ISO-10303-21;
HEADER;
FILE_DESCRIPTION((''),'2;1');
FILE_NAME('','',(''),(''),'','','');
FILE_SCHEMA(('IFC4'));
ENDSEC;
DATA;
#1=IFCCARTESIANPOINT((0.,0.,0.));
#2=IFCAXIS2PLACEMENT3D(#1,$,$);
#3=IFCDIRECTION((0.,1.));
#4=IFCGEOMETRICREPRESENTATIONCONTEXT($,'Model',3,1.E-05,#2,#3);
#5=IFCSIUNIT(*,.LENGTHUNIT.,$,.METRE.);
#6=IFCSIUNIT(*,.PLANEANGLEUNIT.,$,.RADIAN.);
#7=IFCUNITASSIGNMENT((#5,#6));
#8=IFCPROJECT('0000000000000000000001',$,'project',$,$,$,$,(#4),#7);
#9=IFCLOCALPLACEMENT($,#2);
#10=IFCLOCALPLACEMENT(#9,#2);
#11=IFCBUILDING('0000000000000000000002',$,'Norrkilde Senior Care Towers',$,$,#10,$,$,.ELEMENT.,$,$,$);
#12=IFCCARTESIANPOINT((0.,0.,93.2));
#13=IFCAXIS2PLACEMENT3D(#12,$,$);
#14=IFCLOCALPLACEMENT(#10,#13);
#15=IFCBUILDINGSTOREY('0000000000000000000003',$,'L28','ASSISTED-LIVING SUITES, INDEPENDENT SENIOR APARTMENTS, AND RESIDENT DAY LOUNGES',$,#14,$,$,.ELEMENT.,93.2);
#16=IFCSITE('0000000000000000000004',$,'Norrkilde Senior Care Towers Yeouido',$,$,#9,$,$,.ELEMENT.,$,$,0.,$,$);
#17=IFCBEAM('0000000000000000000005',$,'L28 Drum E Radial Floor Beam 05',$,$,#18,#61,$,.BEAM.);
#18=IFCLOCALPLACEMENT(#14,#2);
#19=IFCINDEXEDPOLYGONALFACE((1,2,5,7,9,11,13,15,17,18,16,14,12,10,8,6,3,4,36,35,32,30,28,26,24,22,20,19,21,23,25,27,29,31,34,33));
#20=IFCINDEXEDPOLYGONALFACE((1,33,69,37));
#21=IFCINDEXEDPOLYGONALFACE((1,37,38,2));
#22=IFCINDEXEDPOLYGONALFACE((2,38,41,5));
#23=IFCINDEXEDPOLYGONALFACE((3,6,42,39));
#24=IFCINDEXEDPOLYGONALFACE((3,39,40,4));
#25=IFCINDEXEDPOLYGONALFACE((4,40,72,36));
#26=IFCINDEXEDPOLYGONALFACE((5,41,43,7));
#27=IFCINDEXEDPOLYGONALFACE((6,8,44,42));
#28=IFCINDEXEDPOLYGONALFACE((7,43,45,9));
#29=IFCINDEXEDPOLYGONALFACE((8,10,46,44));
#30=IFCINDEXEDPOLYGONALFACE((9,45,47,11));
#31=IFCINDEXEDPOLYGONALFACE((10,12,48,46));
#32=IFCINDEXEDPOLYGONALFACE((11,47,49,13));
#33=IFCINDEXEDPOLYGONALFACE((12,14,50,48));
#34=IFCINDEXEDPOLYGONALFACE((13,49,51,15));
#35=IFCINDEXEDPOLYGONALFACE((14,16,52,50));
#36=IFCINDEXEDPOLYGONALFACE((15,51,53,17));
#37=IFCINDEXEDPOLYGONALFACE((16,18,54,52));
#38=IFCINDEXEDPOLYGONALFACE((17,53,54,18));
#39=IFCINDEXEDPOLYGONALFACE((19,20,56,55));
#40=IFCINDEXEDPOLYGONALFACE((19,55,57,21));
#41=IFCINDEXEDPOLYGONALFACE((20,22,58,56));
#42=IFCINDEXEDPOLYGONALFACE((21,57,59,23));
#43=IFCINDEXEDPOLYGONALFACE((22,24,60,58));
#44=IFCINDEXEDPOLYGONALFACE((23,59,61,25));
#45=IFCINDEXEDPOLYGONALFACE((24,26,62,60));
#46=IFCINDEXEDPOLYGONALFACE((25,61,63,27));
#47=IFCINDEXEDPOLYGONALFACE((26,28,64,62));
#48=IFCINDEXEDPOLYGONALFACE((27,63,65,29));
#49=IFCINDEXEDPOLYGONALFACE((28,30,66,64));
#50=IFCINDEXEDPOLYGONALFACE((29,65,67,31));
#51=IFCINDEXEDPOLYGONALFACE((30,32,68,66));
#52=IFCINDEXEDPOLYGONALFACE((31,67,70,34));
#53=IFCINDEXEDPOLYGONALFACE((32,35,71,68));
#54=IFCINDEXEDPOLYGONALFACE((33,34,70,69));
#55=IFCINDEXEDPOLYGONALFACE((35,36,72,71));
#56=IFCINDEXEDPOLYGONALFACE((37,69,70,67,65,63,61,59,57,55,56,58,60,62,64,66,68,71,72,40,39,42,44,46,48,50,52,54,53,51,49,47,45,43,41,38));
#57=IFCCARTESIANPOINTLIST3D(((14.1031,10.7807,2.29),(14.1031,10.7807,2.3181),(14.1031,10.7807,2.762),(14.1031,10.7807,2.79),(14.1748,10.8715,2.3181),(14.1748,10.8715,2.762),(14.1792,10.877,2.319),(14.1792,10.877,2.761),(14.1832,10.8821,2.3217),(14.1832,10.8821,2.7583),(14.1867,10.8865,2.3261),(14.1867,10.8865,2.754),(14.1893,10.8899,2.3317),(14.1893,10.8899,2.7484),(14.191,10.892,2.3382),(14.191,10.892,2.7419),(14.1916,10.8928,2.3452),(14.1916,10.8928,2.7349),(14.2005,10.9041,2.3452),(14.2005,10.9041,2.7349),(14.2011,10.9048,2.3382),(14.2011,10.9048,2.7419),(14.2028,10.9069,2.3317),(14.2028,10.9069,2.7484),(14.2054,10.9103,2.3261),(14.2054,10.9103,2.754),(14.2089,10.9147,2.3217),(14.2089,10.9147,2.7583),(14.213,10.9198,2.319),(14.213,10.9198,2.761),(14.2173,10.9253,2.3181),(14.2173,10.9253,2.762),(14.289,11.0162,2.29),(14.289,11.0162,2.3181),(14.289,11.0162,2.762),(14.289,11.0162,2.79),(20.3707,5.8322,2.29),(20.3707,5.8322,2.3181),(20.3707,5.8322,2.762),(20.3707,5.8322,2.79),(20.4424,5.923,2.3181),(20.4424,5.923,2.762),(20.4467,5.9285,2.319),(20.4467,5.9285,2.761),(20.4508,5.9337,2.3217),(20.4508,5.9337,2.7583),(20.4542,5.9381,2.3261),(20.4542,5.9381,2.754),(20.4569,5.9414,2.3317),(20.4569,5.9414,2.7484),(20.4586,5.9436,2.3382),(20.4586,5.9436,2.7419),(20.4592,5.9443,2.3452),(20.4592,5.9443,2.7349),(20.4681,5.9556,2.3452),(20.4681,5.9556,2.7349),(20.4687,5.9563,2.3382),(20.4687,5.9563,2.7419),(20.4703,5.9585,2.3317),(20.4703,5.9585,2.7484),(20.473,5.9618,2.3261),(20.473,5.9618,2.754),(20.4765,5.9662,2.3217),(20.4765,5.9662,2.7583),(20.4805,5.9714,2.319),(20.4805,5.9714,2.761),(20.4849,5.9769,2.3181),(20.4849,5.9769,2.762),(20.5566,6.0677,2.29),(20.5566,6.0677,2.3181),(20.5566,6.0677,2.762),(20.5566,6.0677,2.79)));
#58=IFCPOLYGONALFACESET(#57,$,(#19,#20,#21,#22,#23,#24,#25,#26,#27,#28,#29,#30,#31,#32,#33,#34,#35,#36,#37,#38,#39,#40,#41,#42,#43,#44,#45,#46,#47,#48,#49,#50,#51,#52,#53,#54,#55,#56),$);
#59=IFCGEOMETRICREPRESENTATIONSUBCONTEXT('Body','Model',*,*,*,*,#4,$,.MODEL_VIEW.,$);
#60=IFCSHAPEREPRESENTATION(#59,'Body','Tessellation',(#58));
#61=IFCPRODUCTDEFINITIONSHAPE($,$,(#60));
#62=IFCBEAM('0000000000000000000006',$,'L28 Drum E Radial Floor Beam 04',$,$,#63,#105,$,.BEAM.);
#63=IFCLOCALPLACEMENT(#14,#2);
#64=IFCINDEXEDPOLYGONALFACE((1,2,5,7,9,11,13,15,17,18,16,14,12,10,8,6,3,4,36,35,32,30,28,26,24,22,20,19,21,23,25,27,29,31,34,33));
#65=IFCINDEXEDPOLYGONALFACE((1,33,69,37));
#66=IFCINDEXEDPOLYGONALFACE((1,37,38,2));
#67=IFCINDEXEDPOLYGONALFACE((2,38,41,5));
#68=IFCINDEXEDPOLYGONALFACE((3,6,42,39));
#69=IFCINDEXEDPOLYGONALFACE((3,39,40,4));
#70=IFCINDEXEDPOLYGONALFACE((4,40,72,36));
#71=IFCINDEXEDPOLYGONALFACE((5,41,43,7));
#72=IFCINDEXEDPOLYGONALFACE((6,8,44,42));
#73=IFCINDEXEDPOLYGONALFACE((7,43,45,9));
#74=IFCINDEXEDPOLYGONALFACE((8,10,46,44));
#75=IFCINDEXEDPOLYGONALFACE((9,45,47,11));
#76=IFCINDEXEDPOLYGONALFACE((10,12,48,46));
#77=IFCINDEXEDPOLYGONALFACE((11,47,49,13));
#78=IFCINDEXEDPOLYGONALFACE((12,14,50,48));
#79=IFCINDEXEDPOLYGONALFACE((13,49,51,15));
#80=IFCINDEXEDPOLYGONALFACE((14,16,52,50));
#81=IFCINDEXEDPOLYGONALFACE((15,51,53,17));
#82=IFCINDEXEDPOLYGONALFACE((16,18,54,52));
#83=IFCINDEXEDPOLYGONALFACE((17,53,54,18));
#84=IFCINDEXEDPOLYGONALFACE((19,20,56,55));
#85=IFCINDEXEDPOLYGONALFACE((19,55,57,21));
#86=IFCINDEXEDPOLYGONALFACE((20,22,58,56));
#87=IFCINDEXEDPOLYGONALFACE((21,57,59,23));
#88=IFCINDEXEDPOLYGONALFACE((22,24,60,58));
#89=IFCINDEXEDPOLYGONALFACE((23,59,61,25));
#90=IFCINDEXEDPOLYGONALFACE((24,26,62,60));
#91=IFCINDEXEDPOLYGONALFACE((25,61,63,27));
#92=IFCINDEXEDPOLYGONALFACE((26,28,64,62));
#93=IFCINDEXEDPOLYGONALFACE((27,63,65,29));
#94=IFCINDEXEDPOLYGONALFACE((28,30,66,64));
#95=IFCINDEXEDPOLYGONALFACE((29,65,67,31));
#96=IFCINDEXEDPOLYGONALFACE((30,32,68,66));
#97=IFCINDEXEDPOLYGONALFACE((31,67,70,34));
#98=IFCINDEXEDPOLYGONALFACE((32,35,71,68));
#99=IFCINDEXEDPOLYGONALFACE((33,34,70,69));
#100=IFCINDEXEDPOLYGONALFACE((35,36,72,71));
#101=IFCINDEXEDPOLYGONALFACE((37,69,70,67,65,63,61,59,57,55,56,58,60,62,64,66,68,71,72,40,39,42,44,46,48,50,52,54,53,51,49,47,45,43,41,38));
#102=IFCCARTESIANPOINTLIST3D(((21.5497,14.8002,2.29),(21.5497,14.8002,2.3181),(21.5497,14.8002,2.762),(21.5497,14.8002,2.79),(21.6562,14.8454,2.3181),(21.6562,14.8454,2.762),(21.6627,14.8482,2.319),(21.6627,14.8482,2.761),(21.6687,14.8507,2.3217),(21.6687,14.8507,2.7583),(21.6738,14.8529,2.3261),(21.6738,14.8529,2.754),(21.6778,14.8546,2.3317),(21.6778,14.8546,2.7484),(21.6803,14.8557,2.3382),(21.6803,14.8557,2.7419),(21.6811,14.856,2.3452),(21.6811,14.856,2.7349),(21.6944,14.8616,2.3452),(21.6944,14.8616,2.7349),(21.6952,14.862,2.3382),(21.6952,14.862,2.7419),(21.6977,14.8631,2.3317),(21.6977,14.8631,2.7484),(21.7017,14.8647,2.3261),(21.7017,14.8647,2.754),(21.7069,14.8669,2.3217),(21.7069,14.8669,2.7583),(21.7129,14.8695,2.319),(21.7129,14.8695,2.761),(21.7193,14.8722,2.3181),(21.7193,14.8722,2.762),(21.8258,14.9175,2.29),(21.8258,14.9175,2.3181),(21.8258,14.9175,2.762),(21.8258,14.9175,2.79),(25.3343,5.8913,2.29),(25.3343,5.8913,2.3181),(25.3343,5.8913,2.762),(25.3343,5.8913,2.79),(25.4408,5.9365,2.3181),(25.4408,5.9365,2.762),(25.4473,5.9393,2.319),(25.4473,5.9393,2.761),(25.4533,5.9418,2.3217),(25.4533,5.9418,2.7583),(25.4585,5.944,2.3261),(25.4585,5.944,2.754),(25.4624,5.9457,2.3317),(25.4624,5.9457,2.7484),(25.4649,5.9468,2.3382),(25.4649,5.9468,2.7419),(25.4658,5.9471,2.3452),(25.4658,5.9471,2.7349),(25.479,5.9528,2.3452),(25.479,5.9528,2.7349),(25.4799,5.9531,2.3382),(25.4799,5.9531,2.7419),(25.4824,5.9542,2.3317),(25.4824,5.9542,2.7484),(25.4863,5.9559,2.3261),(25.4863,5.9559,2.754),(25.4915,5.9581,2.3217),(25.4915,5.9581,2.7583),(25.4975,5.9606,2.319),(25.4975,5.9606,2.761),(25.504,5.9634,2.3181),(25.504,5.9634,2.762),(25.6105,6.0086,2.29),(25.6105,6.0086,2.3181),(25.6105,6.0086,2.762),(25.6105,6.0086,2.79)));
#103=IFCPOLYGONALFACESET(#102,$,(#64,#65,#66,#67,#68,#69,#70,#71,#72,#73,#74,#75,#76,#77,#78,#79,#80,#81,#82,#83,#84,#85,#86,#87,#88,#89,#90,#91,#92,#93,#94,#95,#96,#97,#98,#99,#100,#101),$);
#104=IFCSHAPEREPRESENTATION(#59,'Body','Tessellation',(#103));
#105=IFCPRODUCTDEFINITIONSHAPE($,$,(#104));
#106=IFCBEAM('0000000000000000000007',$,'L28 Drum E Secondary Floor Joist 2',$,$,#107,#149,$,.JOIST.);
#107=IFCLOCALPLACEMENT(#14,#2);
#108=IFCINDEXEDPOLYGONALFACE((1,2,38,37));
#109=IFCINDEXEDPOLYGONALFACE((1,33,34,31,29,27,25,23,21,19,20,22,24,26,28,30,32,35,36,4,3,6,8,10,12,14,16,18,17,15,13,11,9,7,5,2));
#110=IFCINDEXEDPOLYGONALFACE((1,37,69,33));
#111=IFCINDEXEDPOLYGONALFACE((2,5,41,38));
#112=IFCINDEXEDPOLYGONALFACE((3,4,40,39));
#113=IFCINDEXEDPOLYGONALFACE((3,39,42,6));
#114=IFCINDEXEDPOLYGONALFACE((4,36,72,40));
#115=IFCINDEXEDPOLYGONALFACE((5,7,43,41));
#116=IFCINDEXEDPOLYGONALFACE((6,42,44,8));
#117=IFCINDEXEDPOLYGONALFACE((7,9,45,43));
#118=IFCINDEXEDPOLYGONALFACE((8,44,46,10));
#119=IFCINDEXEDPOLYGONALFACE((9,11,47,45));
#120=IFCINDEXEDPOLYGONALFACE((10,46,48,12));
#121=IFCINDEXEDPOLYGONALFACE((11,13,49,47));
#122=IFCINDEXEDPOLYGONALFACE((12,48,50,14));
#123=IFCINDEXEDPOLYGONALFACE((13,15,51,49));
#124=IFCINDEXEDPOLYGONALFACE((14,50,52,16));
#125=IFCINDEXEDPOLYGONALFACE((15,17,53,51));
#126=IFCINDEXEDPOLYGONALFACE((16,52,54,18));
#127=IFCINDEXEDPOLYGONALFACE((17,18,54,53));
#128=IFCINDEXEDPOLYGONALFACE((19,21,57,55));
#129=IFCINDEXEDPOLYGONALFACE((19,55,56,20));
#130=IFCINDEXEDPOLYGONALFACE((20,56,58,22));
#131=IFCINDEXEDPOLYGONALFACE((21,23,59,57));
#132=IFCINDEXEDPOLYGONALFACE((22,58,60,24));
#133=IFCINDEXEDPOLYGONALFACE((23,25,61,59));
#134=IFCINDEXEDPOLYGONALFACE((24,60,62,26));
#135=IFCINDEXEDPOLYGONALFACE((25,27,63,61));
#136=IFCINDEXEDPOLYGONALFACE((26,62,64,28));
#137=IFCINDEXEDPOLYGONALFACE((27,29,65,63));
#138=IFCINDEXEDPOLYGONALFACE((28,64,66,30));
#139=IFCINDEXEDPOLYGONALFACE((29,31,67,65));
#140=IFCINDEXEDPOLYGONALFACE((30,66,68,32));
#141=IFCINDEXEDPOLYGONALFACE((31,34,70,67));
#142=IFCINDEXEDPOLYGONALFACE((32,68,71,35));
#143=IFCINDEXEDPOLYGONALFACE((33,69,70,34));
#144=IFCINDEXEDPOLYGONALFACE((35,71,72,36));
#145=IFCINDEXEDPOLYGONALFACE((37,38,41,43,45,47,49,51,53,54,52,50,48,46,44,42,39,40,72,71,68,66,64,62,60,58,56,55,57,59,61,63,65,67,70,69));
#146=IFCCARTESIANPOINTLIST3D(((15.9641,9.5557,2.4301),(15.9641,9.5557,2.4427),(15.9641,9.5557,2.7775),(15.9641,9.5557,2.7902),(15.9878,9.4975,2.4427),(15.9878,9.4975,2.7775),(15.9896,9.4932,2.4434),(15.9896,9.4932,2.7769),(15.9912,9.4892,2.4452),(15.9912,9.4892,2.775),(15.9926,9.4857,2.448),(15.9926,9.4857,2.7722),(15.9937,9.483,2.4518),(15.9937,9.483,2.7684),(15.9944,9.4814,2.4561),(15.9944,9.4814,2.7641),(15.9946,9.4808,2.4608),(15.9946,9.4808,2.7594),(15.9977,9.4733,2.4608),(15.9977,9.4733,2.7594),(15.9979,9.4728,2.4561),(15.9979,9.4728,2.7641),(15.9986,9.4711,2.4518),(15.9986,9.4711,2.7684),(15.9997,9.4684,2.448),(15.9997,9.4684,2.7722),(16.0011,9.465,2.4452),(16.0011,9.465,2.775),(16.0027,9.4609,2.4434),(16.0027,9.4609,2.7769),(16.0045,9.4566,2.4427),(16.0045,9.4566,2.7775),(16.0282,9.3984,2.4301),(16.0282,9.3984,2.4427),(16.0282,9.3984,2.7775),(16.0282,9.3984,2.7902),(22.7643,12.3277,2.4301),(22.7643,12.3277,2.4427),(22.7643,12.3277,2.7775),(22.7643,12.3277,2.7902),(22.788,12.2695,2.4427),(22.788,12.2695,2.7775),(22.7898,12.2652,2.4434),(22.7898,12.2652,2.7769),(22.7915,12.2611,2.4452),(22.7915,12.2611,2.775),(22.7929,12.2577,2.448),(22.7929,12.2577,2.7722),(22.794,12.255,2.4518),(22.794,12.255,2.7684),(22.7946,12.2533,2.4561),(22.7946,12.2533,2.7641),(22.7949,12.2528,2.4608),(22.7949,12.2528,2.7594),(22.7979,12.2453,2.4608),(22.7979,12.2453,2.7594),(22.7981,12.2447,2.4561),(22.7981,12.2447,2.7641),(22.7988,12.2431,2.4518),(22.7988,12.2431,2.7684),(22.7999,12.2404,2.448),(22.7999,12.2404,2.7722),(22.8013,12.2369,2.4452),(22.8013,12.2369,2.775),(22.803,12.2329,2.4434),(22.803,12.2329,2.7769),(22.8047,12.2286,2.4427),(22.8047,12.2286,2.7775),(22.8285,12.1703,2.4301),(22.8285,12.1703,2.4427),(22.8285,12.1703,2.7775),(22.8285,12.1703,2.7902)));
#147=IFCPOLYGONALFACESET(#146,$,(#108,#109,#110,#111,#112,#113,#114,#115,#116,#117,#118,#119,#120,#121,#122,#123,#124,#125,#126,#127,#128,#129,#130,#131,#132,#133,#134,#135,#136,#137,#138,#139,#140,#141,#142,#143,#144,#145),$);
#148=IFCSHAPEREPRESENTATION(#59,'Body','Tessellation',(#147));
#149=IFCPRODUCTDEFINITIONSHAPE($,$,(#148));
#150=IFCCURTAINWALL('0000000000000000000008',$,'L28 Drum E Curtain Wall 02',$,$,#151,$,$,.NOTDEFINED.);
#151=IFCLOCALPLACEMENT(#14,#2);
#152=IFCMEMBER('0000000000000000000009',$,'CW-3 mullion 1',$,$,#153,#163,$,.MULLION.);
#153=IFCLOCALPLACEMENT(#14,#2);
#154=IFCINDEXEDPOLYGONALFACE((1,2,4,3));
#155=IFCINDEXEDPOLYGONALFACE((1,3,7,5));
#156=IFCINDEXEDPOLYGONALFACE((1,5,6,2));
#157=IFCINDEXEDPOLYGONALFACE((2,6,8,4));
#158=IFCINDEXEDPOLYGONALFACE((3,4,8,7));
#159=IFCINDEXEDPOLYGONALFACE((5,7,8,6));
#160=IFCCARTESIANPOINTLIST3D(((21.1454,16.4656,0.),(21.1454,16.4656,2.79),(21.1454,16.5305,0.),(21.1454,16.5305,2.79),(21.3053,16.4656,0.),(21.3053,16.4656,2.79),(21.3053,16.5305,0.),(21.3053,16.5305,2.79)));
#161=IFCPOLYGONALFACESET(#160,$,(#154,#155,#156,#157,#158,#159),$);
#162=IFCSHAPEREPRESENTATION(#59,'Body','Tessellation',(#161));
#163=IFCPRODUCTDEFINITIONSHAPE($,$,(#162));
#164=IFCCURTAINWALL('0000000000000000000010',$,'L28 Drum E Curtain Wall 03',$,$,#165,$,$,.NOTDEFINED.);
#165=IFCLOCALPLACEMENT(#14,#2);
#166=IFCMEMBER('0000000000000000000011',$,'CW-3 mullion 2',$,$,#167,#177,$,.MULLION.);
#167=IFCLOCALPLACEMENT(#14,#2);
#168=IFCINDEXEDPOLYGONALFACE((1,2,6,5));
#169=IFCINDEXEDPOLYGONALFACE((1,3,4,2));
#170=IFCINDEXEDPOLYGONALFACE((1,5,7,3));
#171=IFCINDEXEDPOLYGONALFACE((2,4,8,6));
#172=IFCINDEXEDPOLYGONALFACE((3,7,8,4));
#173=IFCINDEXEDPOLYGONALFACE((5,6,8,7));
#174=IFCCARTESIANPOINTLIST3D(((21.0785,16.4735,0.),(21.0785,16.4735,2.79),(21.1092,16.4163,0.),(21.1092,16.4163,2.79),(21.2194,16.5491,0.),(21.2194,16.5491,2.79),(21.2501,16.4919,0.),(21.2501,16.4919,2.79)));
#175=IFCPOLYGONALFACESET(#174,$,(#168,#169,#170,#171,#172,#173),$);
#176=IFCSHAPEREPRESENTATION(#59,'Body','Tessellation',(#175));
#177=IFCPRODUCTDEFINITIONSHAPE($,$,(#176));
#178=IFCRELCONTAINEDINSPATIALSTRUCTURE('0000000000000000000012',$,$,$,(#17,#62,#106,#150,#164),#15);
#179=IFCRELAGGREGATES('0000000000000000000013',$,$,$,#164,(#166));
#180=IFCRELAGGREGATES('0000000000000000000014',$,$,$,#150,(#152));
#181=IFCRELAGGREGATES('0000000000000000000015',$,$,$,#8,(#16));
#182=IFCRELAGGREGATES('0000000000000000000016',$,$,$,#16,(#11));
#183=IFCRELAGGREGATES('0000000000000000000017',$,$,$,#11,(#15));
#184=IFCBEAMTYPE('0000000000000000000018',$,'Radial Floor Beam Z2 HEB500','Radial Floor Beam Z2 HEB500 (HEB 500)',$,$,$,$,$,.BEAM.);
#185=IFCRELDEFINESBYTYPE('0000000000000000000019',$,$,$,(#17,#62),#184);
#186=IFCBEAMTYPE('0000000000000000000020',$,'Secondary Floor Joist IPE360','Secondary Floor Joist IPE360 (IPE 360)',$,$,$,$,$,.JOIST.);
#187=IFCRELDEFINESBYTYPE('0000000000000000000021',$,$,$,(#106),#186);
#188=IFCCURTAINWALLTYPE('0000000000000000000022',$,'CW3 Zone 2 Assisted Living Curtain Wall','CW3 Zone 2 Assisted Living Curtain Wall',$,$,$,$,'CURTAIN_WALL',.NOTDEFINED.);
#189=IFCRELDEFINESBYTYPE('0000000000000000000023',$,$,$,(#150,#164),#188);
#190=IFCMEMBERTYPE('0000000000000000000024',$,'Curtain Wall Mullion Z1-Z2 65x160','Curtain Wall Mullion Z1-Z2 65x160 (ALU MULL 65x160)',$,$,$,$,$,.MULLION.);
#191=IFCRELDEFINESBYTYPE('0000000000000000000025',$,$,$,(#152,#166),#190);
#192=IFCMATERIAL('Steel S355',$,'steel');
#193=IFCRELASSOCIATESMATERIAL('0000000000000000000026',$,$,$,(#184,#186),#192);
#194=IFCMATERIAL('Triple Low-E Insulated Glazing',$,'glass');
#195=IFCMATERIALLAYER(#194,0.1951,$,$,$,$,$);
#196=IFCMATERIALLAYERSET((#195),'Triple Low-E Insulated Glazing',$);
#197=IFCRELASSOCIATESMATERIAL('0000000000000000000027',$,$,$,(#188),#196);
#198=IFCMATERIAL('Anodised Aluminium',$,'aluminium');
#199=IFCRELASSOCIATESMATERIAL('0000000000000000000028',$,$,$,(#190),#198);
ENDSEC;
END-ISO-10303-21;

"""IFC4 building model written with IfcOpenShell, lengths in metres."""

from ifc_helpers import new_model, si_unit, direction, frame, origin, origin_2d, place, context, subcontext, project, spatial, rectangle, i_section, extrude, source, transform, mapped, material, layer, layer_set, material_profile, profile_set, type_object, type_shapes, element, aggregate, save


model = new_model("IFC4")

# Units and contexts
model_context = context("Model", 3, precision=1e-05, world=origin(), true_north=direction((0.0, 1.0)))
body_context = subcontext(model_context, "Body", "Model", "MODEL_VIEW")
ifc_project = project(units=[si_unit("LENGTHUNIT", "METRE"), si_unit("PLANEANGLEUNIT", "RADIAN")], contexts=[model_context])

# Site, building, storey
site_placement = place(None, origin())
site = spatial("IfcSite", under=ifc_project, at=site_placement, Name="Norrkilde Senior Care Towers Yeouido", CompositionType="ELEMENT", RefElevation=0.0)
building_placement = place(site_placement, origin())
building = spatial("IfcBuilding", under=site, at=building_placement, Name="Norrkilde Senior Care Towers", CompositionType="ELEMENT")
storey_placement = place(building_placement, frame((0.0, 0.0, 93.2)))
storey = spatial("IfcBuildingStorey", under=building, at=storey_placement, Name="L28", Description="ASSISTED-LIVING SUITES, INDEPENDENT SENIOR APARTMENTS, AND RESIDENT DAY LOUNGES", CompositionType="ELEMENT", Elevation=93.2)

# Beams
ifc_material_1 = material(Name="Steel S355", Category="steel")
ifc_material_profile_1 = material_profile(ifc_material_1, i_section(OverallWidth=0.3, OverallDepth=0.5, WebThickness=0.0144, FlangeThickness=0.0281, FilletRadius=0.0271, at=origin_2d()), Name="HEB 500")
ifc_profile_set_1 = profile_set([ifc_material_profile_1], Name="Steel S355")
beam_type_1 = type_object("IfcBeamType", Name="Radial Floor Beam Z2 HEB500", Description="Radial Floor Beam Z2 HEB500 (HEB 500)", PredefinedType="BEAM", material=ifc_profile_set_1)
shared_shape_1 = source(origin(), body_context, "Body", "SweptSolid", [
    extrude(i_section(OverallWidth=0.3, OverallDepth=0.5, WebThickness=0.0144, FlangeThickness=0.0281, FilletRadius=0.0271, at=origin_2d()), origin(), (0.0, 0.0, 1.0), 7.9856),
])
beam_1_placement = place(storey_placement, frame((20.4636, 5.95, 2.54), z_axis=(-0.784859, 0.619675, 0.0), x_axis=(-0.619675, -0.784859, 0.0)))
element("IfcBeam", 1, at=beam_1_placement, inside=storey, type_object=beam_type_1, Name="L28 Drum E Radial Floor Beam 05", PredefinedType="BEAM", context=body_context, shape_type="MappedRepresentation", body=[
    mapped(shared_shape_1, transform((0.0, 0.0, 0.0), x_axis=(1.0, 0.0, 0.0), y_axis=(0.0, 1.0, 0.0), z_axis=(0.0, 0.0, 1.0), scale=1.0)),
])
shared_shape_2 = source(origin(), body_context, "Body", "SweptSolid", [
    extrude(i_section(OverallWidth=0.3, OverallDepth=0.5, WebThickness=0.0144, FlangeThickness=0.0281, FilletRadius=0.0271, at=origin_2d()), origin(), (0.0, 0.0, 1.0), 9.6794),
])
beam_2_placement = place(storey_placement, frame((25.4724, 5.95, 2.54), z_axis=(-0.390998, 0.920392, 0.0), x_axis=(-0.920392, -0.390998, 0.0)))
element("IfcBeam", 2, at=beam_2_placement, inside=storey, type_object=beam_type_1, Name="L28 Drum E Radial Floor Beam 04", PredefinedType="BEAM", context=body_context, shape_type="MappedRepresentation", body=[
    mapped(shared_shape_2, transform((0.0, 0.0, 0.0), x_axis=(1.0, 0.0, 0.0), y_axis=(0.0, 1.0, 0.0), z_axis=(0.0, 0.0, 1.0), scale=1.0)),
])
ifc_material_profile_2 = material_profile(ifc_material_1, i_section(OverallWidth=0.1699, OverallDepth=0.3601, WebThickness=0.0081, FlangeThickness=0.0127, FilletRadius=0.0181, at=origin_2d()), Name="IPE 360")
ifc_profile_set_2 = profile_set([ifc_material_profile_2], Name="Steel S355")
beam_type_2 = type_object("IfcBeamType", Name="Secondary Floor Joist IPE360", Description="Secondary Floor Joist IPE360 (IPE 360)", PredefinedType="JOIST", material=ifc_profile_set_2)
shared_shape_3 = source(origin(), body_context, "Body", "SweptSolid", [
    extrude(i_section(OverallWidth=0.1699, OverallDepth=0.3601, WebThickness=0.0081, FlangeThickness=0.0127, FilletRadius=0.0181, at=origin_2d()), origin(), (0.0, 0.0, 1.0), 7.3435),
])
type_shapes(beam_type_2, [shared_shape_3])
beam_3_placement = place(storey_placement, frame((22.7964, 12.249, 2.6101), z_axis=(-0.926022, -0.37747, 0.0), x_axis=(0.37747, -0.926022, 0.0)))
element("IfcBeam", 3, at=beam_3_placement, inside=storey, type_object=beam_type_2, Name="L28 Drum E Secondary Floor Joist 2", PredefinedType="JOIST", context=body_context, shape_type="MappedRepresentation", body=[
    mapped(shared_shape_3, transform((0.0, 0.0, 0.0), x_axis=(1.0, 0.0, 0.0), y_axis=(0.0, 1.0, 0.0), z_axis=(0.0, 0.0, 1.0), scale=1.0)),
])

# Curtain walls, members
ifc_material_2 = material(Name="Triple Low-E Insulated Glazing", Category="glass")
ifc_layer_1 = layer(ifc_material_2, 0.1951)
ifc_layer_set_1 = layer_set([ifc_layer_1], Name="Triple Low-E Insulated Glazing")
curtain_wall_type = type_object("IfcCurtainWallType", Name="CW3 Zone 2 Assisted Living Curtain Wall", Description="CW3 Zone 2 Assisted Living Curtain Wall", ElementType="CURTAIN_WALL", PredefinedType="NOTDEFINED", material=ifc_layer_set_1)
curtain_wall_1_placement = place(storey_placement, origin())
curtain_wall_1 = element("IfcCurtainWall", 4, at=curtain_wall_1_placement, inside=storey, type_object=curtain_wall_type, Name="L28 Drum E Curtain Wall 02", PredefinedType="NOTDEFINED")
ifc_material_3 = material(Name="Anodised Aluminium", Category="aluminium")
ifc_material_profile_3 = material_profile(ifc_material_3, rectangle(XDim=0.0649, YDim=0.1599, at=origin_2d()), Name="ALU MULL 65x160")
ifc_profile_set_3 = profile_set([ifc_material_profile_3], Name="Anodised Aluminium")
member_type_1 = type_object("IfcMemberType", Name="Curtain Wall Mullion Z1-Z2 65x160", Description="Curtain Wall Mullion Z1-Z2 65x160 (ALU MULL 65x160)", PredefinedType="MULLION", material=ifc_profile_set_3)
shared_shape_4 = source(origin(), body_context, "Body", "SweptSolid", [
    extrude(rectangle(XDim=0.0649, YDim=0.1599, at=origin_2d()), origin(), (0.0, 0.0, 1.0), 2.79),
])
type_shapes(member_type_1, [shared_shape_4])
member_1_placement = place(storey_placement, frame((21.2253, 16.498, 0.0), z_axis=(0.0, 0.0, 1.0), x_axis=(0.0, 1.0, 0.0)))
member_1 = element("IfcMember", 5, at=member_1_placement, type_object=member_type_1, Name="CW-3 mullion 1", PredefinedType="MULLION", context=body_context, shape_type="MappedRepresentation", body=[
    mapped(shared_shape_4, transform((0.0, 0.0, 0.0), x_axis=(1.0, 0.0, 0.0), y_axis=(0.0, 1.0, 0.0), z_axis=(0.0, 0.0, 1.0), scale=1.0)),
])
curtain_wall_2_placement = place(storey_placement, origin())
curtain_wall_2 = element("IfcCurtainWall", 6, at=curtain_wall_2_placement, inside=storey, type_object=curtain_wall_type, Name="L28 Drum E Curtain Wall 03", PredefinedType="NOTDEFINED")
member_2_placement = place(storey_placement, frame((21.1643, 16.4827, 0.0), z_axis=(0.0, 0.0, 1.0), x_axis=(-0.472769, 0.881186, 0.0)))
member_2 = element("IfcMember", 7, at=member_2_placement, type_object=member_type_1, Name="CW-3 mullion 2", PredefinedType="MULLION", context=body_context, shape_type="MappedRepresentation", body=[
    mapped(shared_shape_4, transform((0.0, 0.0, 0.0), x_axis=(1.0, 0.0, 0.0), y_axis=(0.0, 1.0, 0.0), z_axis=(0.0, 0.0, 1.0), scale=1.0)),
])
aggregate(curtain_wall_2, [member_2])

aggregate(curtain_wall_1, [member_1])

save(model, "model.ifc")
